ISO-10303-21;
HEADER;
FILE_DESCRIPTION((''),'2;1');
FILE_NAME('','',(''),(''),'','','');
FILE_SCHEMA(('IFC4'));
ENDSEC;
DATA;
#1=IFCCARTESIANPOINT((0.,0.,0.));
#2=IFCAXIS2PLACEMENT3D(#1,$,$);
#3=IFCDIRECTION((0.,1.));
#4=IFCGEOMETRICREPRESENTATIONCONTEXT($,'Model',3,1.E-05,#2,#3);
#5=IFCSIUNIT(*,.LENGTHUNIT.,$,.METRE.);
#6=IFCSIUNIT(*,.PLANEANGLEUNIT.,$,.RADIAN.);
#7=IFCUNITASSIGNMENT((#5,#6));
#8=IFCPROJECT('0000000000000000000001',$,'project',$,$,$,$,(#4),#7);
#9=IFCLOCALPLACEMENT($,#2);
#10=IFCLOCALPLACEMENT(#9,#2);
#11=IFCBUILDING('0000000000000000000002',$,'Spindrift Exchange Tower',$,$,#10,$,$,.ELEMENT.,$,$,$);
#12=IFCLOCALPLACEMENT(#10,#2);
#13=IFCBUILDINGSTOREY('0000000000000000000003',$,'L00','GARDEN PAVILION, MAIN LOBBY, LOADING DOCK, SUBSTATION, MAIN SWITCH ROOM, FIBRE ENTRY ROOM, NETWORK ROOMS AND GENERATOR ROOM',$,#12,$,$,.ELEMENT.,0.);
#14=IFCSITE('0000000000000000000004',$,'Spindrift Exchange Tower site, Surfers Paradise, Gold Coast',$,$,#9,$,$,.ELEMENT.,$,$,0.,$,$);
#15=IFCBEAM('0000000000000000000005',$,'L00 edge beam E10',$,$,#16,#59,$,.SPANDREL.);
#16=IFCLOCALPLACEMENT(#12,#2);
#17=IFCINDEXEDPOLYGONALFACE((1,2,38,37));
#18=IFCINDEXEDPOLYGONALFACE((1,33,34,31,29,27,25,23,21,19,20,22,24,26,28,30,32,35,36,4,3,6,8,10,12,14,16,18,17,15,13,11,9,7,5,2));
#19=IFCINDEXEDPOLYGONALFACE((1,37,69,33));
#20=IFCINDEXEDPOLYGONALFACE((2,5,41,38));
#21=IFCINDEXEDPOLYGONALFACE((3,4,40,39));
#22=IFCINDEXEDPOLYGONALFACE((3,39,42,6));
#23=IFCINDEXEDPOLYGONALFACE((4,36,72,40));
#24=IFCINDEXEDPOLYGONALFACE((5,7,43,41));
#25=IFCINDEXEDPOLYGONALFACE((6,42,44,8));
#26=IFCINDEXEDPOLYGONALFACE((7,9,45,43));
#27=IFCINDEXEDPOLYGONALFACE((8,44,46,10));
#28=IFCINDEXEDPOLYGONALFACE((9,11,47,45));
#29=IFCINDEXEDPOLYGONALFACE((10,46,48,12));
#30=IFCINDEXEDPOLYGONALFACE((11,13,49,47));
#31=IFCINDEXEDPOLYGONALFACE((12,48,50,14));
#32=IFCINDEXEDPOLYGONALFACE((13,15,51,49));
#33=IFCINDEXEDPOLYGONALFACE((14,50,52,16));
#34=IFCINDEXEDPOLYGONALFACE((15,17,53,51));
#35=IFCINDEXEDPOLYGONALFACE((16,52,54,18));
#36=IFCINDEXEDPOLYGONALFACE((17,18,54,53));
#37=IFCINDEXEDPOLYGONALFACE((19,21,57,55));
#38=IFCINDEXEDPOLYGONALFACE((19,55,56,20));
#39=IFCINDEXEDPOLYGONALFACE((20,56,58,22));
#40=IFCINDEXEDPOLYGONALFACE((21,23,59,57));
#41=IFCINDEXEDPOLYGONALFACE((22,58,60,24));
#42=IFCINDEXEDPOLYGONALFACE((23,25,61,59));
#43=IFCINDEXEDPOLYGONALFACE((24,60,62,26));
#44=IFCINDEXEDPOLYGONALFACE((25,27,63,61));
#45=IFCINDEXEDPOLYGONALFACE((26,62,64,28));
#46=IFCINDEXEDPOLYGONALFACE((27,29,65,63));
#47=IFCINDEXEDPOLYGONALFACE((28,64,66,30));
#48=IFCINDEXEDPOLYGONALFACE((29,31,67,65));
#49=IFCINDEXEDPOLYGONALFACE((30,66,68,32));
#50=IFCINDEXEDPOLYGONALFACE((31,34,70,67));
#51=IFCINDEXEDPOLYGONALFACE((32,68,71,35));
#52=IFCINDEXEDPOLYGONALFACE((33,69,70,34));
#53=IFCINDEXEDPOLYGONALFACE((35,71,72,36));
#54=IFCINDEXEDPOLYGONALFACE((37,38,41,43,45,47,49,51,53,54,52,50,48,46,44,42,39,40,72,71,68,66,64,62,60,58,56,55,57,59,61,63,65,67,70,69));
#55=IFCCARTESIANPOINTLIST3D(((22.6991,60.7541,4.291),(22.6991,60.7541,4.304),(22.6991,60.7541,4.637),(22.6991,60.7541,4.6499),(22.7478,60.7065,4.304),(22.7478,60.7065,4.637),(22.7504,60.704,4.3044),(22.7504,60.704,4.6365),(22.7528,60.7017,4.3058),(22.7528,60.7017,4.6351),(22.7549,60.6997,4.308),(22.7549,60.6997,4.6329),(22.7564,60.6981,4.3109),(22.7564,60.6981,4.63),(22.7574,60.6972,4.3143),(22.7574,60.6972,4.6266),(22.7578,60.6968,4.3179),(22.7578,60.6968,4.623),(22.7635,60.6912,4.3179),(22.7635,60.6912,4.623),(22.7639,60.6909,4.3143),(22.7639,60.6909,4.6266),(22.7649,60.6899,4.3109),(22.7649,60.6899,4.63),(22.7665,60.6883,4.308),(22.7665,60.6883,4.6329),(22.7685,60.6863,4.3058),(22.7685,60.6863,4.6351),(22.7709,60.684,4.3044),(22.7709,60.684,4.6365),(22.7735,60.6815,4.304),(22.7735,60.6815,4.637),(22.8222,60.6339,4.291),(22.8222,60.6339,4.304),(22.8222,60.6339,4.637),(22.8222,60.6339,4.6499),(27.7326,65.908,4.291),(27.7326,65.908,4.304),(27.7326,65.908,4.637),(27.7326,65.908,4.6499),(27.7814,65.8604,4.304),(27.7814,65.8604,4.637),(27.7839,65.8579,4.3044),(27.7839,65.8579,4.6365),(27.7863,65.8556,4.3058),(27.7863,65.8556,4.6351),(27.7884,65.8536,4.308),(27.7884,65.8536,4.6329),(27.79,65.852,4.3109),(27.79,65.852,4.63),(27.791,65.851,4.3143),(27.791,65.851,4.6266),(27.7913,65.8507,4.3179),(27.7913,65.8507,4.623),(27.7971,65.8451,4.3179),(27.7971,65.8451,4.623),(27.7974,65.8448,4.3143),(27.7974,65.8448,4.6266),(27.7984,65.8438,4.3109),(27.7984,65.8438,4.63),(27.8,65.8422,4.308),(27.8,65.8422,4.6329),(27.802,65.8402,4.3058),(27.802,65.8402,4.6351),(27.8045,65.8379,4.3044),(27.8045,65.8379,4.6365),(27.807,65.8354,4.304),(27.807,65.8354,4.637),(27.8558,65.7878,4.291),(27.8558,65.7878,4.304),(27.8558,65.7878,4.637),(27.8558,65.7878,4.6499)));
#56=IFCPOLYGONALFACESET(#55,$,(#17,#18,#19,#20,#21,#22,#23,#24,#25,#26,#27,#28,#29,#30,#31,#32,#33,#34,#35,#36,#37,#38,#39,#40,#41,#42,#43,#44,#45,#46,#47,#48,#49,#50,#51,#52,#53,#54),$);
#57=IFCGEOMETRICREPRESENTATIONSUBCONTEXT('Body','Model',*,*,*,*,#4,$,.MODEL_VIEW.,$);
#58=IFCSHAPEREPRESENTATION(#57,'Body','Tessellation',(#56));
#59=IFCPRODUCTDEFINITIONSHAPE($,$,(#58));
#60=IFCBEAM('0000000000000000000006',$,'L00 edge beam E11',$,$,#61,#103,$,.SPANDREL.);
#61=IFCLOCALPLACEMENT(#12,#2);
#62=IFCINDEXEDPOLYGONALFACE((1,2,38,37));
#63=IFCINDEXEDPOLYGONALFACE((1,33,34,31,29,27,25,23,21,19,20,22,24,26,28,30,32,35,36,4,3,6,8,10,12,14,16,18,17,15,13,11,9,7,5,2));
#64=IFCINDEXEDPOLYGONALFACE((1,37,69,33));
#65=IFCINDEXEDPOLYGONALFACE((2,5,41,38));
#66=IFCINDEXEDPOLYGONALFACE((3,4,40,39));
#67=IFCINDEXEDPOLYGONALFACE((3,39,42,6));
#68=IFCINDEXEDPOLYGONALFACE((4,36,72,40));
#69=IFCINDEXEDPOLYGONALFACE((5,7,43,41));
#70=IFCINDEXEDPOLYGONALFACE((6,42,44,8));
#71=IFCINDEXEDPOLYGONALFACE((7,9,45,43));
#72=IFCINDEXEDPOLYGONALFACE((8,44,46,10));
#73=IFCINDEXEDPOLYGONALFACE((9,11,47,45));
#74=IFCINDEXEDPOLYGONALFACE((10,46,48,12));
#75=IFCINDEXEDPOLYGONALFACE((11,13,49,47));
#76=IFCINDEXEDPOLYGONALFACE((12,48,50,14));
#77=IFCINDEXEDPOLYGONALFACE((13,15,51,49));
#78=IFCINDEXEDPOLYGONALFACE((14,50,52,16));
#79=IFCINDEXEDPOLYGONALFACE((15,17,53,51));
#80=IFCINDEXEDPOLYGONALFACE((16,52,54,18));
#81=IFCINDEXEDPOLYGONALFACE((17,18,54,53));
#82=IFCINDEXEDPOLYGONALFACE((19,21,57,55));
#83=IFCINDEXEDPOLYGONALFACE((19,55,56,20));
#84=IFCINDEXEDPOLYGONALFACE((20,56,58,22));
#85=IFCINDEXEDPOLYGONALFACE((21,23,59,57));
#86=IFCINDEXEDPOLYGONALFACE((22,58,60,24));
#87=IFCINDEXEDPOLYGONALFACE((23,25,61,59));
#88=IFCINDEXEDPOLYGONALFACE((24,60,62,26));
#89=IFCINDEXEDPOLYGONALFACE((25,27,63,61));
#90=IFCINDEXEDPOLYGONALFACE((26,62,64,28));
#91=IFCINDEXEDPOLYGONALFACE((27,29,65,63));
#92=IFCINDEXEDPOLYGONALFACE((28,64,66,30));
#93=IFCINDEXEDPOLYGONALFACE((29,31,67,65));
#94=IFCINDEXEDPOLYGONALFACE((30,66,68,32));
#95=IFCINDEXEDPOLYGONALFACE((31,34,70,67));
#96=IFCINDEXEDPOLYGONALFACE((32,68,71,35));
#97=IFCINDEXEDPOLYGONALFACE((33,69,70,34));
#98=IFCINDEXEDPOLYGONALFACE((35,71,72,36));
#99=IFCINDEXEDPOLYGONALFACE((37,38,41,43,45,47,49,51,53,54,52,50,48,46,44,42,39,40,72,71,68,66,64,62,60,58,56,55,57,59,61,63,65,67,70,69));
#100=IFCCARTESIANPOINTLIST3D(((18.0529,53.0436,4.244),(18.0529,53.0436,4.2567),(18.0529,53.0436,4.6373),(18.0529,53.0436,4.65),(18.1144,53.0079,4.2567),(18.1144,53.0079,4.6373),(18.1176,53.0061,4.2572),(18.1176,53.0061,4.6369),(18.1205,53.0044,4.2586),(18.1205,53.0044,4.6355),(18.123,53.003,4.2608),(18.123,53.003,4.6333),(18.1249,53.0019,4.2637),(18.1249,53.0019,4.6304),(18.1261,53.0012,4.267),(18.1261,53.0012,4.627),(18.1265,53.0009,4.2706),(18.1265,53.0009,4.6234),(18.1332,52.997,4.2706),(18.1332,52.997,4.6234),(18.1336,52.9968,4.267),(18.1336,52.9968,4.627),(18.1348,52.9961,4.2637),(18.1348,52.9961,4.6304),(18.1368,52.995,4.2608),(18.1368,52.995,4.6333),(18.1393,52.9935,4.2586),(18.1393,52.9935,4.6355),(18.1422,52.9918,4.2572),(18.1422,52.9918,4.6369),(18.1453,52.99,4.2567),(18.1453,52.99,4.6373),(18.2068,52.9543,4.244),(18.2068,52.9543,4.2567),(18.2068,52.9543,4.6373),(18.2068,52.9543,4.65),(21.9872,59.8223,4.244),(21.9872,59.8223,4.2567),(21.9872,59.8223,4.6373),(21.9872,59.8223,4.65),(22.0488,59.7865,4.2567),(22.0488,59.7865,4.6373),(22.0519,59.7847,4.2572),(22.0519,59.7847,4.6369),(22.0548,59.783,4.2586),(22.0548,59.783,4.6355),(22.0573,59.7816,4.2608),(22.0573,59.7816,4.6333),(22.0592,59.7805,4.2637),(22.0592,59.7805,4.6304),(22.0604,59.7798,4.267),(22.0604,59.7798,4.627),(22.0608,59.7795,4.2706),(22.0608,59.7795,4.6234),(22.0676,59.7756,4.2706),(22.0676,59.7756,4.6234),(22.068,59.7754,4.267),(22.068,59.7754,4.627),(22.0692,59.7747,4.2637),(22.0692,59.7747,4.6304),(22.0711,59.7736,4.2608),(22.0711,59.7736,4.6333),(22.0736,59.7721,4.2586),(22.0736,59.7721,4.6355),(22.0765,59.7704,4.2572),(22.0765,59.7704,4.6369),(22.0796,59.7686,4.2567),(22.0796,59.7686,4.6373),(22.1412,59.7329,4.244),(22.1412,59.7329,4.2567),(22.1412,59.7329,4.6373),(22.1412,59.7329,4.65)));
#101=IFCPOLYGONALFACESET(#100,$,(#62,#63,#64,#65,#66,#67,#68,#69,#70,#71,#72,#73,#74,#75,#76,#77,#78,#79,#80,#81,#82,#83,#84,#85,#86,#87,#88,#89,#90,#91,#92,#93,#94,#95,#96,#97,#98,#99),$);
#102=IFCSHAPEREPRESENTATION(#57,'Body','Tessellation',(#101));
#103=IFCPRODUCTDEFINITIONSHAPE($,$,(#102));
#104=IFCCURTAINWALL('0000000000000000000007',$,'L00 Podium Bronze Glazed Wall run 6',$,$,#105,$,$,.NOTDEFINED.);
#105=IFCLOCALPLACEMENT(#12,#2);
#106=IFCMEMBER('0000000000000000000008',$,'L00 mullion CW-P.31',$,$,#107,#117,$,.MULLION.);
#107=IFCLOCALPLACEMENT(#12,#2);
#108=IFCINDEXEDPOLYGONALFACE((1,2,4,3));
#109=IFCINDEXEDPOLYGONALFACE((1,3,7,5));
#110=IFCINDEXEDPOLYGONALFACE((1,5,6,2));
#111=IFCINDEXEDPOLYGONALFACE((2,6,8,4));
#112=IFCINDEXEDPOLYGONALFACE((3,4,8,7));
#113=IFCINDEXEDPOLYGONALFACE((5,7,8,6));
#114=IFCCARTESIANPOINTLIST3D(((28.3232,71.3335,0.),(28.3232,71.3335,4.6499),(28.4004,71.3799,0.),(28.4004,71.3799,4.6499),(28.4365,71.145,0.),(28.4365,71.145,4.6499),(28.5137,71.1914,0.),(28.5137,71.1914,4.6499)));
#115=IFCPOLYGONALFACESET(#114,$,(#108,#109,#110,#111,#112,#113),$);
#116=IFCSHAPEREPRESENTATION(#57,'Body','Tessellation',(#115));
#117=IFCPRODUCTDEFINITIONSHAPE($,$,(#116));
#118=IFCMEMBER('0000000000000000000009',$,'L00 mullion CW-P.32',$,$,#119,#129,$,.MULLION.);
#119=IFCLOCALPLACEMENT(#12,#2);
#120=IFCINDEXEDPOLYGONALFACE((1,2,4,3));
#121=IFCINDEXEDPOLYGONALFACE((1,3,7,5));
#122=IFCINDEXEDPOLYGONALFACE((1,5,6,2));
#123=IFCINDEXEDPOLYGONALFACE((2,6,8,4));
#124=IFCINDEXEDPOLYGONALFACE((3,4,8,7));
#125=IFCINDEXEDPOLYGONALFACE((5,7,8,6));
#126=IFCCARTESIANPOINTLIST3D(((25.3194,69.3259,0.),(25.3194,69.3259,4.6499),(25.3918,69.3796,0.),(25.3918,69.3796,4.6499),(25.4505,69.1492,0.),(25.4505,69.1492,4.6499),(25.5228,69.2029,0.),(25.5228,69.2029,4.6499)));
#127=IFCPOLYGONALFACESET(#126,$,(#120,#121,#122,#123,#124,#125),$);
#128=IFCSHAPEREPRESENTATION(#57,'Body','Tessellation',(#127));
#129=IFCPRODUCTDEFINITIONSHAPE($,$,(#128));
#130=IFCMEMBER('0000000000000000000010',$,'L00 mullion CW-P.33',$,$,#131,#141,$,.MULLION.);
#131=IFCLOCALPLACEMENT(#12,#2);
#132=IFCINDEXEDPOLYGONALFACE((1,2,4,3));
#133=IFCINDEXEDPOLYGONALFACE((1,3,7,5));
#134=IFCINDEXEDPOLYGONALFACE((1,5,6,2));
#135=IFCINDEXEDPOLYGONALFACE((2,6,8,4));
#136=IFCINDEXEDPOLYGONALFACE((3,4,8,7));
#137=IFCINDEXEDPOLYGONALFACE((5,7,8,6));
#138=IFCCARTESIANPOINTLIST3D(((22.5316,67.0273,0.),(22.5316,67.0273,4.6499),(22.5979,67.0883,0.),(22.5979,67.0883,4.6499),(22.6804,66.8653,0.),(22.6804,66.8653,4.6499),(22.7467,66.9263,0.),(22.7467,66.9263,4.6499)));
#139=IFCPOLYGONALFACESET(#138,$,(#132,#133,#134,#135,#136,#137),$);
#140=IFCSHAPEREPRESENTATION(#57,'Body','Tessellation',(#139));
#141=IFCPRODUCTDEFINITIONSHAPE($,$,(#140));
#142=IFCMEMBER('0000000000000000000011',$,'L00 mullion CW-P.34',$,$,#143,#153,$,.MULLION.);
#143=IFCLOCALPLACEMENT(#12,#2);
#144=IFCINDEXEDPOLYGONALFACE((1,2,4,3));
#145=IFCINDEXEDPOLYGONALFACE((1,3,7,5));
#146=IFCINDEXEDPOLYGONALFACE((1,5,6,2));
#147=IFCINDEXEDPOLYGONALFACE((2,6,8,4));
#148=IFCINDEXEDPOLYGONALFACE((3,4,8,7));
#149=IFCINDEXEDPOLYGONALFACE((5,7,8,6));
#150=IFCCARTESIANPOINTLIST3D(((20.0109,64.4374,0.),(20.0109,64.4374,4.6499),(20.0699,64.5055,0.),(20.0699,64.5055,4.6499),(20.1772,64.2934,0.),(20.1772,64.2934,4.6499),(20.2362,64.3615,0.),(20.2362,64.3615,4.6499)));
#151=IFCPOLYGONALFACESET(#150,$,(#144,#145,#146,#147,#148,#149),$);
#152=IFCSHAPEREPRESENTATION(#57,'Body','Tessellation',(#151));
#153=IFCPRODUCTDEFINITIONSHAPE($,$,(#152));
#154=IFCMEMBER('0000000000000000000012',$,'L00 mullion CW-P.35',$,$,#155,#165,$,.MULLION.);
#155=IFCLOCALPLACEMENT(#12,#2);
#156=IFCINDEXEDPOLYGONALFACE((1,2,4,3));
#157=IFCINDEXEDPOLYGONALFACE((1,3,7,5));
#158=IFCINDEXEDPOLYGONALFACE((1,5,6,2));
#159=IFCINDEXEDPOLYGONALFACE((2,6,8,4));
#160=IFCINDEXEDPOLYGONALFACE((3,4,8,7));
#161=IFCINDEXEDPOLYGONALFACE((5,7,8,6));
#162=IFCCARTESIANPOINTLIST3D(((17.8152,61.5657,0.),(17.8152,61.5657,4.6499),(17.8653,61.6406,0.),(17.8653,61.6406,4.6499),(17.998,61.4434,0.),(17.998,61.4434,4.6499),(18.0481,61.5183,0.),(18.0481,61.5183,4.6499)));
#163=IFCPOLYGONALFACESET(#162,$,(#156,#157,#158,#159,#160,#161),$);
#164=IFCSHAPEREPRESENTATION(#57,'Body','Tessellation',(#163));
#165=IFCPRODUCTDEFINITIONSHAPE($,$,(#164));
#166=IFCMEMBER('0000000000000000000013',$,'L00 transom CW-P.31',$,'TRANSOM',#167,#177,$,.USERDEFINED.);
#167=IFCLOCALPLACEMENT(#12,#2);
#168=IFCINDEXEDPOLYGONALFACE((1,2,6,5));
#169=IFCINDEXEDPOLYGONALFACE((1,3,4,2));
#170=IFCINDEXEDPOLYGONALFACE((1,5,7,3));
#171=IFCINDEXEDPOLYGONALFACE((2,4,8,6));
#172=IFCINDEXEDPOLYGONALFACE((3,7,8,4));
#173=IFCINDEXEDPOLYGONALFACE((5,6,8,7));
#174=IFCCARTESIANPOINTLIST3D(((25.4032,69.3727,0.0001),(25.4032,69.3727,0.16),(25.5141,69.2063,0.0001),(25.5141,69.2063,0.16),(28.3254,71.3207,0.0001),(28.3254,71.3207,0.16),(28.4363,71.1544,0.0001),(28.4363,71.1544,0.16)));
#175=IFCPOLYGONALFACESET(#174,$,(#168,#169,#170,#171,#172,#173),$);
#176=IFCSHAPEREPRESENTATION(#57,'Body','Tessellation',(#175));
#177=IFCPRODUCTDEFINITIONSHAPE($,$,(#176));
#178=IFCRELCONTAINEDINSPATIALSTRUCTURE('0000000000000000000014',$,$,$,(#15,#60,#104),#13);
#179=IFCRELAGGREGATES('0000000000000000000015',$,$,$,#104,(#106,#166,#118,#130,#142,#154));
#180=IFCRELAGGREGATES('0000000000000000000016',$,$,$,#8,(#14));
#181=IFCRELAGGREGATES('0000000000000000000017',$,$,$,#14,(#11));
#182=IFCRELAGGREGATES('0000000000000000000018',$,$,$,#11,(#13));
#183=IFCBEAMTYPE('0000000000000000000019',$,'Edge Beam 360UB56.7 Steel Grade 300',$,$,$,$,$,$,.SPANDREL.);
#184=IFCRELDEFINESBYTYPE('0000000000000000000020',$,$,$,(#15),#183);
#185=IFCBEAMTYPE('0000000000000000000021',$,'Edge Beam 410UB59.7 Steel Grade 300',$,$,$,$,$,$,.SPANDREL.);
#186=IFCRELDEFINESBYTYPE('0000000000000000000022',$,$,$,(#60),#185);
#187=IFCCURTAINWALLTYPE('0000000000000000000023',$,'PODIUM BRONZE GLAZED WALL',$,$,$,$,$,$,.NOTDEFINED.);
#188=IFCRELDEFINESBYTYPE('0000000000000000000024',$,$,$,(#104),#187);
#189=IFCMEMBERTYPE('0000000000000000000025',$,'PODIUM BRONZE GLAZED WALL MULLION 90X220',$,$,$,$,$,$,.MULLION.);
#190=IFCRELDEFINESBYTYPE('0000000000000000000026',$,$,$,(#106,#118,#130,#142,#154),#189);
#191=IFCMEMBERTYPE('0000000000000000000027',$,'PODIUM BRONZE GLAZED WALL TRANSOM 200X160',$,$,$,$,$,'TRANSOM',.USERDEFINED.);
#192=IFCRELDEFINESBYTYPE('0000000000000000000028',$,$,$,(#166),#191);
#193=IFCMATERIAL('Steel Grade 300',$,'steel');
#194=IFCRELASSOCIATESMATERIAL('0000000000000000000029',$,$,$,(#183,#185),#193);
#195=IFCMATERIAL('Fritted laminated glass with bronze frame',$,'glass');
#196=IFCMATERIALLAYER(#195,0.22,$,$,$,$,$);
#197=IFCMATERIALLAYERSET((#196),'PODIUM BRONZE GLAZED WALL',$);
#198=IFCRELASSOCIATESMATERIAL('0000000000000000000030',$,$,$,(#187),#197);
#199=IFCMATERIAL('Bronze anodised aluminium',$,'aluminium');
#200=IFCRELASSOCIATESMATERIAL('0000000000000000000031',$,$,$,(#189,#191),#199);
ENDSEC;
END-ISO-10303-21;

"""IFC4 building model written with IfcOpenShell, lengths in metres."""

from ifc_helpers import new_model, si_unit, direction, frame, origin, origin_2d, place, context, subcontext, project, spatial, rectangle, i_section, extrude, source, transform, mapped, material, layer, layer_set, material_profile, profile_set, type_object, element, aggregate, save


model = new_model("IFC4")

# Units and contexts
model_context = context("Model", 3, precision=1e-05, world=origin(), true_north=direction((0.0, 1.0)))
body_context = subcontext(model_context, "Body", "Model", "MODEL_VIEW")
ifc_project = project(units=[si_unit("LENGTHUNIT", "METRE"), si_unit("PLANEANGLEUNIT", "RADIAN")], contexts=[model_context])

# Site, building, storey
site_placement = place(None, origin())
site = spatial("IfcSite", under=ifc_project, at=site_placement, Name="Spindrift Exchange Tower site, Surfers Paradise, Gold Coast", CompositionType="ELEMENT", RefElevation=0.0)
building_placement = place(site_placement, origin())
building = spatial("IfcBuilding", under=site, at=building_placement, Name="Spindrift Exchange Tower", CompositionType="ELEMENT")
storey_placement = place(building_placement, origin())
storey = spatial("IfcBuildingStorey", under=building, at=storey_placement, Name="L00", Description="GARDEN PAVILION, MAIN LOBBY, LOADING DOCK, SUBSTATION, MAIN SWITCH ROOM, FIBRE ENTRY ROOM, NETWORK ROOMS AND GENERATOR ROOM", CompositionType="ELEMENT", Elevation=0.0)

# Beams
ifc_material_1 = material(Name="Steel Grade 300", Category="steel")
ifc_material_profile_1 = material_profile(ifc_material_1, i_section(OverallWidth=0.1721, OverallDepth=0.3589, WebThickness=0.0081, FlangeThickness=0.0129, FilletRadius=0.0139, at=origin_2d()), Name="360UB56.7")
ifc_profile_set_1 = profile_set([ifc_material_profile_1], Name="Steel Grade 300")
beam_type_1 = type_object("IfcBeamType", Name="Edge Beam 360UB56.7 Steel Grade 300", PredefinedType="SPANDREL", material=ifc_profile_set_1)
shared_shape_1 = source(origin(), body_context, "Body", "SweptSolid", [
    extrude(i_section(OverallWidth=0.1721, OverallDepth=0.3589, WebThickness=0.0081, FlangeThickness=0.0129, FilletRadius=0.0139, at=origin_2d()), origin(), (0.0, 0.0, 1.0), 7.2041),
])
beam_1_placement = place(storey_placement, frame((27.7942, 65.8479, 4.4705), z_axis=(-0.698704, -0.715411, 0.0), x_axis=(0.715411, -0.698704, 0.0)))
element("IfcBeam", 1, at=beam_1_placement, inside=storey, type_object=beam_type_1, Name="L00 edge beam E10", PredefinedType="SPANDREL", context=body_context, shape_type="MappedRepresentation", body=[
    mapped(shared_shape_1, transform((0.0, 0.0, 0.0), scale=1.0)),
])
ifc_material_profile_2 = material_profile(ifc_material_1, i_section(OverallWidth=0.178, OverallDepth=0.406, WebThickness=0.0078, FlangeThickness=0.0127, FilletRadius=0.0139, at=origin_2d()), Name="410UB59.7")
ifc_profile_set_2 = profile_set([ifc_material_profile_2], Name="Steel Grade 300")
beam_type_2 = type_object("IfcBeamType", Name="Edge Beam 410UB59.7 Steel Grade 300", PredefinedType="SPANDREL", material=ifc_profile_set_2)
shared_shape_2 = source(origin(), body_context, "Body", "SweptSolid", [
    extrude(i_section(OverallWidth=0.178, OverallDepth=0.406, WebThickness=0.0078, FlangeThickness=0.0127, FilletRadius=0.0139, at=origin_2d()), origin(), (0.0, 0.0, 1.0), 7.8376),
])
beam_2_placement = place(storey_placement, frame((22.0642, 59.7776, 4.447), z_axis=(-0.501981, -0.864878, 0.0), x_axis=(0.864878, -0.501981, 0.0)))
element("IfcBeam", 2, at=beam_2_placement, inside=storey, type_object=beam_type_2, Name="L00 edge beam E11", PredefinedType="SPANDREL", context=body_context, shape_type="MappedRepresentation", body=[
    mapped(shared_shape_2, transform((0.0, 0.0, 0.0), scale=1.0)),
])

# Curtain wall, members
ifc_material_2 = material(Name="Fritted laminated glass with bronze frame", Category="glass")
ifc_layer_1 = layer(ifc_material_2, 0.22)
ifc_layer_set_1 = layer_set([ifc_layer_1], Name="PODIUM BRONZE GLAZED WALL")
curtain_wall_type = type_object("IfcCurtainWallType", Name="PODIUM BRONZE GLAZED WALL", PredefinedType="NOTDEFINED", material=ifc_layer_set_1)
curtain_wall_placement = place(storey_placement, origin())
curtain_wall = element("IfcCurtainWall", 3, at=curtain_wall_placement, inside=storey, type_object=curtain_wall_type, Name="L00 Podium Bronze Glazed Wall run 6", PredefinedType="NOTDEFINED")
ifc_material_3 = material(Name="Bronze anodised aluminium", Category="aluminium")
ifc_material_profile_3 = material_profile(ifc_material_3, rectangle(XDim=0.0901, YDim=0.22, at=origin_2d()), Name="PODIUM BRONZE GLAZED WALL MULLION 90X220")
ifc_profile_set_3 = profile_set([ifc_material_profile_3], Name="Bronze anodised aluminium")
member_type_1 = type_object("IfcMemberType", Name="PODIUM BRONZE GLAZED WALL MULLION 90X220", PredefinedType="MULLION", material=ifc_profile_set_3)
shared_shape_3 = source(origin(), body_context, "Body", "SweptSolid", [
    extrude(rectangle(XDim=0.0901, YDim=0.22, at=origin_2d()), origin(), (0.0, 0.0, 1.0), 4.6499),
])
member_1_placement = place(storey_placement, frame((28.4185, 71.2625, 0.0), z_axis=(0.0, 0.0, 1.0), x_axis=(-0.85696, -0.515383, 0.0)))
member_1 = element("IfcMember", 4, at=member_1_placement, type_object=member_type_1, Name="L00 mullion CW-P.31", PredefinedType="MULLION", context=body_context, shape_type="MappedRepresentation", body=[
    mapped(shared_shape_3, transform((0.0, 0.0, 0.0), scale=1.0)),
])
member_2_placement = place(storey_placement, frame((25.4211, 69.2644, 0.0), z_axis=(0.0, 0.0, 1.0), x_axis=(-0.803241, -0.595654, 0.0)))
member_2 = element("IfcMember", 5, at=member_2_placement, type_object=member_type_1, Name="L00 mullion CW-P.32", PredefinedType="MULLION", context=body_context, shape_type="MappedRepresentation", body=[
    mapped(shared_shape_3, transform((0.0, 0.0, 0.0), scale=1.0)),
])
member_3_placement = place(storey_placement, frame((22.6392, 66.9768, 0.0), z_axis=(0.0, 0.0, 1.0), x_axis=(-0.736531, -0.676404, 0.0)))
member_3 = element("IfcMember", 6, at=member_3_placement, type_object=member_type_1, Name="L00 mullion CW-P.33", PredefinedType="MULLION", context=body_context, shape_type="MappedRepresentation", body=[
    mapped(shared_shape_3, transform((0.0, 0.0, 0.0), scale=1.0)),
])
member_4_placement = place(storey_placement, frame((20.1235, 64.3994, 0.0), z_axis=(0.0, 0.0, 1.0), x_axis=(-0.654723, -0.755869, 0.0)))
member_4 = element("IfcMember", 7, at=member_4_placement, type_object=member_type_1, Name="L00 mullion CW-P.34", PredefinedType="MULLION", context=body_context, shape_type="MappedRepresentation", body=[
    mapped(shared_shape_3, transform((0.0, 0.0, 0.0), scale=1.0)),
])
member_5_placement = place(storey_placement, frame((17.9316, 61.542, 0.0), z_axis=(0.0, 0.0, 1.0), x_axis=(-0.556123, -0.8311, 0.0)))
member_5 = element("IfcMember", 8, at=member_5_placement, type_object=member_type_1, Name="L00 mullion CW-P.35", PredefinedType="MULLION", context=body_context, shape_type="MappedRepresentation", body=[
    mapped(shared_shape_3, transform((0.0, 0.0, 0.0), scale=1.0)),
])
ifc_material_profile_4 = material_profile(ifc_material_3, rectangle(XDim=0.2, YDim=0.1599, at=origin_2d()), Name="PODIUM BRONZE GLAZED WALL TRANSOM 200X160")
ifc_profile_set_4 = profile_set([ifc_material_profile_4], Name="Bronze anodised aluminium")
member_type_2 = type_object("IfcMemberType", Name="PODIUM BRONZE GLAZED WALL TRANSOM 200X160", ElementType="TRANSOM", PredefinedType="USERDEFINED", material=ifc_profile_set_4)
shared_shape_4 = source(origin(), body_context, "Body", "SweptSolid", [
    extrude(rectangle(XDim=0.2, YDim=0.1599, at=origin_2d()), origin(), (0.0, 0.0, 1.0), 3.512),
])
member_6_placement = place(storey_placement, frame((28.3809, 71.2375, 0.0801), z_axis=(-0.832061, -0.554684, 0.0), x_axis=(0.554684, -0.832061, 0.0)))
member_6 = element("IfcMember", 9, at=member_6_placement, type_object=member_type_2, Name="L00 transom CW-P.31", ObjectType="TRANSOM", PredefinedType="USERDEFINED", context=body_context, shape_type="MappedRepresentation", body=[
    mapped(shared_shape_4, transform((0.0, 0.0, 0.0), scale=1.0)),
])
aggregate(curtain_wall, [member_1, member_6, member_2, member_3, member_4, member_5])

save(model, "model.ifc")
